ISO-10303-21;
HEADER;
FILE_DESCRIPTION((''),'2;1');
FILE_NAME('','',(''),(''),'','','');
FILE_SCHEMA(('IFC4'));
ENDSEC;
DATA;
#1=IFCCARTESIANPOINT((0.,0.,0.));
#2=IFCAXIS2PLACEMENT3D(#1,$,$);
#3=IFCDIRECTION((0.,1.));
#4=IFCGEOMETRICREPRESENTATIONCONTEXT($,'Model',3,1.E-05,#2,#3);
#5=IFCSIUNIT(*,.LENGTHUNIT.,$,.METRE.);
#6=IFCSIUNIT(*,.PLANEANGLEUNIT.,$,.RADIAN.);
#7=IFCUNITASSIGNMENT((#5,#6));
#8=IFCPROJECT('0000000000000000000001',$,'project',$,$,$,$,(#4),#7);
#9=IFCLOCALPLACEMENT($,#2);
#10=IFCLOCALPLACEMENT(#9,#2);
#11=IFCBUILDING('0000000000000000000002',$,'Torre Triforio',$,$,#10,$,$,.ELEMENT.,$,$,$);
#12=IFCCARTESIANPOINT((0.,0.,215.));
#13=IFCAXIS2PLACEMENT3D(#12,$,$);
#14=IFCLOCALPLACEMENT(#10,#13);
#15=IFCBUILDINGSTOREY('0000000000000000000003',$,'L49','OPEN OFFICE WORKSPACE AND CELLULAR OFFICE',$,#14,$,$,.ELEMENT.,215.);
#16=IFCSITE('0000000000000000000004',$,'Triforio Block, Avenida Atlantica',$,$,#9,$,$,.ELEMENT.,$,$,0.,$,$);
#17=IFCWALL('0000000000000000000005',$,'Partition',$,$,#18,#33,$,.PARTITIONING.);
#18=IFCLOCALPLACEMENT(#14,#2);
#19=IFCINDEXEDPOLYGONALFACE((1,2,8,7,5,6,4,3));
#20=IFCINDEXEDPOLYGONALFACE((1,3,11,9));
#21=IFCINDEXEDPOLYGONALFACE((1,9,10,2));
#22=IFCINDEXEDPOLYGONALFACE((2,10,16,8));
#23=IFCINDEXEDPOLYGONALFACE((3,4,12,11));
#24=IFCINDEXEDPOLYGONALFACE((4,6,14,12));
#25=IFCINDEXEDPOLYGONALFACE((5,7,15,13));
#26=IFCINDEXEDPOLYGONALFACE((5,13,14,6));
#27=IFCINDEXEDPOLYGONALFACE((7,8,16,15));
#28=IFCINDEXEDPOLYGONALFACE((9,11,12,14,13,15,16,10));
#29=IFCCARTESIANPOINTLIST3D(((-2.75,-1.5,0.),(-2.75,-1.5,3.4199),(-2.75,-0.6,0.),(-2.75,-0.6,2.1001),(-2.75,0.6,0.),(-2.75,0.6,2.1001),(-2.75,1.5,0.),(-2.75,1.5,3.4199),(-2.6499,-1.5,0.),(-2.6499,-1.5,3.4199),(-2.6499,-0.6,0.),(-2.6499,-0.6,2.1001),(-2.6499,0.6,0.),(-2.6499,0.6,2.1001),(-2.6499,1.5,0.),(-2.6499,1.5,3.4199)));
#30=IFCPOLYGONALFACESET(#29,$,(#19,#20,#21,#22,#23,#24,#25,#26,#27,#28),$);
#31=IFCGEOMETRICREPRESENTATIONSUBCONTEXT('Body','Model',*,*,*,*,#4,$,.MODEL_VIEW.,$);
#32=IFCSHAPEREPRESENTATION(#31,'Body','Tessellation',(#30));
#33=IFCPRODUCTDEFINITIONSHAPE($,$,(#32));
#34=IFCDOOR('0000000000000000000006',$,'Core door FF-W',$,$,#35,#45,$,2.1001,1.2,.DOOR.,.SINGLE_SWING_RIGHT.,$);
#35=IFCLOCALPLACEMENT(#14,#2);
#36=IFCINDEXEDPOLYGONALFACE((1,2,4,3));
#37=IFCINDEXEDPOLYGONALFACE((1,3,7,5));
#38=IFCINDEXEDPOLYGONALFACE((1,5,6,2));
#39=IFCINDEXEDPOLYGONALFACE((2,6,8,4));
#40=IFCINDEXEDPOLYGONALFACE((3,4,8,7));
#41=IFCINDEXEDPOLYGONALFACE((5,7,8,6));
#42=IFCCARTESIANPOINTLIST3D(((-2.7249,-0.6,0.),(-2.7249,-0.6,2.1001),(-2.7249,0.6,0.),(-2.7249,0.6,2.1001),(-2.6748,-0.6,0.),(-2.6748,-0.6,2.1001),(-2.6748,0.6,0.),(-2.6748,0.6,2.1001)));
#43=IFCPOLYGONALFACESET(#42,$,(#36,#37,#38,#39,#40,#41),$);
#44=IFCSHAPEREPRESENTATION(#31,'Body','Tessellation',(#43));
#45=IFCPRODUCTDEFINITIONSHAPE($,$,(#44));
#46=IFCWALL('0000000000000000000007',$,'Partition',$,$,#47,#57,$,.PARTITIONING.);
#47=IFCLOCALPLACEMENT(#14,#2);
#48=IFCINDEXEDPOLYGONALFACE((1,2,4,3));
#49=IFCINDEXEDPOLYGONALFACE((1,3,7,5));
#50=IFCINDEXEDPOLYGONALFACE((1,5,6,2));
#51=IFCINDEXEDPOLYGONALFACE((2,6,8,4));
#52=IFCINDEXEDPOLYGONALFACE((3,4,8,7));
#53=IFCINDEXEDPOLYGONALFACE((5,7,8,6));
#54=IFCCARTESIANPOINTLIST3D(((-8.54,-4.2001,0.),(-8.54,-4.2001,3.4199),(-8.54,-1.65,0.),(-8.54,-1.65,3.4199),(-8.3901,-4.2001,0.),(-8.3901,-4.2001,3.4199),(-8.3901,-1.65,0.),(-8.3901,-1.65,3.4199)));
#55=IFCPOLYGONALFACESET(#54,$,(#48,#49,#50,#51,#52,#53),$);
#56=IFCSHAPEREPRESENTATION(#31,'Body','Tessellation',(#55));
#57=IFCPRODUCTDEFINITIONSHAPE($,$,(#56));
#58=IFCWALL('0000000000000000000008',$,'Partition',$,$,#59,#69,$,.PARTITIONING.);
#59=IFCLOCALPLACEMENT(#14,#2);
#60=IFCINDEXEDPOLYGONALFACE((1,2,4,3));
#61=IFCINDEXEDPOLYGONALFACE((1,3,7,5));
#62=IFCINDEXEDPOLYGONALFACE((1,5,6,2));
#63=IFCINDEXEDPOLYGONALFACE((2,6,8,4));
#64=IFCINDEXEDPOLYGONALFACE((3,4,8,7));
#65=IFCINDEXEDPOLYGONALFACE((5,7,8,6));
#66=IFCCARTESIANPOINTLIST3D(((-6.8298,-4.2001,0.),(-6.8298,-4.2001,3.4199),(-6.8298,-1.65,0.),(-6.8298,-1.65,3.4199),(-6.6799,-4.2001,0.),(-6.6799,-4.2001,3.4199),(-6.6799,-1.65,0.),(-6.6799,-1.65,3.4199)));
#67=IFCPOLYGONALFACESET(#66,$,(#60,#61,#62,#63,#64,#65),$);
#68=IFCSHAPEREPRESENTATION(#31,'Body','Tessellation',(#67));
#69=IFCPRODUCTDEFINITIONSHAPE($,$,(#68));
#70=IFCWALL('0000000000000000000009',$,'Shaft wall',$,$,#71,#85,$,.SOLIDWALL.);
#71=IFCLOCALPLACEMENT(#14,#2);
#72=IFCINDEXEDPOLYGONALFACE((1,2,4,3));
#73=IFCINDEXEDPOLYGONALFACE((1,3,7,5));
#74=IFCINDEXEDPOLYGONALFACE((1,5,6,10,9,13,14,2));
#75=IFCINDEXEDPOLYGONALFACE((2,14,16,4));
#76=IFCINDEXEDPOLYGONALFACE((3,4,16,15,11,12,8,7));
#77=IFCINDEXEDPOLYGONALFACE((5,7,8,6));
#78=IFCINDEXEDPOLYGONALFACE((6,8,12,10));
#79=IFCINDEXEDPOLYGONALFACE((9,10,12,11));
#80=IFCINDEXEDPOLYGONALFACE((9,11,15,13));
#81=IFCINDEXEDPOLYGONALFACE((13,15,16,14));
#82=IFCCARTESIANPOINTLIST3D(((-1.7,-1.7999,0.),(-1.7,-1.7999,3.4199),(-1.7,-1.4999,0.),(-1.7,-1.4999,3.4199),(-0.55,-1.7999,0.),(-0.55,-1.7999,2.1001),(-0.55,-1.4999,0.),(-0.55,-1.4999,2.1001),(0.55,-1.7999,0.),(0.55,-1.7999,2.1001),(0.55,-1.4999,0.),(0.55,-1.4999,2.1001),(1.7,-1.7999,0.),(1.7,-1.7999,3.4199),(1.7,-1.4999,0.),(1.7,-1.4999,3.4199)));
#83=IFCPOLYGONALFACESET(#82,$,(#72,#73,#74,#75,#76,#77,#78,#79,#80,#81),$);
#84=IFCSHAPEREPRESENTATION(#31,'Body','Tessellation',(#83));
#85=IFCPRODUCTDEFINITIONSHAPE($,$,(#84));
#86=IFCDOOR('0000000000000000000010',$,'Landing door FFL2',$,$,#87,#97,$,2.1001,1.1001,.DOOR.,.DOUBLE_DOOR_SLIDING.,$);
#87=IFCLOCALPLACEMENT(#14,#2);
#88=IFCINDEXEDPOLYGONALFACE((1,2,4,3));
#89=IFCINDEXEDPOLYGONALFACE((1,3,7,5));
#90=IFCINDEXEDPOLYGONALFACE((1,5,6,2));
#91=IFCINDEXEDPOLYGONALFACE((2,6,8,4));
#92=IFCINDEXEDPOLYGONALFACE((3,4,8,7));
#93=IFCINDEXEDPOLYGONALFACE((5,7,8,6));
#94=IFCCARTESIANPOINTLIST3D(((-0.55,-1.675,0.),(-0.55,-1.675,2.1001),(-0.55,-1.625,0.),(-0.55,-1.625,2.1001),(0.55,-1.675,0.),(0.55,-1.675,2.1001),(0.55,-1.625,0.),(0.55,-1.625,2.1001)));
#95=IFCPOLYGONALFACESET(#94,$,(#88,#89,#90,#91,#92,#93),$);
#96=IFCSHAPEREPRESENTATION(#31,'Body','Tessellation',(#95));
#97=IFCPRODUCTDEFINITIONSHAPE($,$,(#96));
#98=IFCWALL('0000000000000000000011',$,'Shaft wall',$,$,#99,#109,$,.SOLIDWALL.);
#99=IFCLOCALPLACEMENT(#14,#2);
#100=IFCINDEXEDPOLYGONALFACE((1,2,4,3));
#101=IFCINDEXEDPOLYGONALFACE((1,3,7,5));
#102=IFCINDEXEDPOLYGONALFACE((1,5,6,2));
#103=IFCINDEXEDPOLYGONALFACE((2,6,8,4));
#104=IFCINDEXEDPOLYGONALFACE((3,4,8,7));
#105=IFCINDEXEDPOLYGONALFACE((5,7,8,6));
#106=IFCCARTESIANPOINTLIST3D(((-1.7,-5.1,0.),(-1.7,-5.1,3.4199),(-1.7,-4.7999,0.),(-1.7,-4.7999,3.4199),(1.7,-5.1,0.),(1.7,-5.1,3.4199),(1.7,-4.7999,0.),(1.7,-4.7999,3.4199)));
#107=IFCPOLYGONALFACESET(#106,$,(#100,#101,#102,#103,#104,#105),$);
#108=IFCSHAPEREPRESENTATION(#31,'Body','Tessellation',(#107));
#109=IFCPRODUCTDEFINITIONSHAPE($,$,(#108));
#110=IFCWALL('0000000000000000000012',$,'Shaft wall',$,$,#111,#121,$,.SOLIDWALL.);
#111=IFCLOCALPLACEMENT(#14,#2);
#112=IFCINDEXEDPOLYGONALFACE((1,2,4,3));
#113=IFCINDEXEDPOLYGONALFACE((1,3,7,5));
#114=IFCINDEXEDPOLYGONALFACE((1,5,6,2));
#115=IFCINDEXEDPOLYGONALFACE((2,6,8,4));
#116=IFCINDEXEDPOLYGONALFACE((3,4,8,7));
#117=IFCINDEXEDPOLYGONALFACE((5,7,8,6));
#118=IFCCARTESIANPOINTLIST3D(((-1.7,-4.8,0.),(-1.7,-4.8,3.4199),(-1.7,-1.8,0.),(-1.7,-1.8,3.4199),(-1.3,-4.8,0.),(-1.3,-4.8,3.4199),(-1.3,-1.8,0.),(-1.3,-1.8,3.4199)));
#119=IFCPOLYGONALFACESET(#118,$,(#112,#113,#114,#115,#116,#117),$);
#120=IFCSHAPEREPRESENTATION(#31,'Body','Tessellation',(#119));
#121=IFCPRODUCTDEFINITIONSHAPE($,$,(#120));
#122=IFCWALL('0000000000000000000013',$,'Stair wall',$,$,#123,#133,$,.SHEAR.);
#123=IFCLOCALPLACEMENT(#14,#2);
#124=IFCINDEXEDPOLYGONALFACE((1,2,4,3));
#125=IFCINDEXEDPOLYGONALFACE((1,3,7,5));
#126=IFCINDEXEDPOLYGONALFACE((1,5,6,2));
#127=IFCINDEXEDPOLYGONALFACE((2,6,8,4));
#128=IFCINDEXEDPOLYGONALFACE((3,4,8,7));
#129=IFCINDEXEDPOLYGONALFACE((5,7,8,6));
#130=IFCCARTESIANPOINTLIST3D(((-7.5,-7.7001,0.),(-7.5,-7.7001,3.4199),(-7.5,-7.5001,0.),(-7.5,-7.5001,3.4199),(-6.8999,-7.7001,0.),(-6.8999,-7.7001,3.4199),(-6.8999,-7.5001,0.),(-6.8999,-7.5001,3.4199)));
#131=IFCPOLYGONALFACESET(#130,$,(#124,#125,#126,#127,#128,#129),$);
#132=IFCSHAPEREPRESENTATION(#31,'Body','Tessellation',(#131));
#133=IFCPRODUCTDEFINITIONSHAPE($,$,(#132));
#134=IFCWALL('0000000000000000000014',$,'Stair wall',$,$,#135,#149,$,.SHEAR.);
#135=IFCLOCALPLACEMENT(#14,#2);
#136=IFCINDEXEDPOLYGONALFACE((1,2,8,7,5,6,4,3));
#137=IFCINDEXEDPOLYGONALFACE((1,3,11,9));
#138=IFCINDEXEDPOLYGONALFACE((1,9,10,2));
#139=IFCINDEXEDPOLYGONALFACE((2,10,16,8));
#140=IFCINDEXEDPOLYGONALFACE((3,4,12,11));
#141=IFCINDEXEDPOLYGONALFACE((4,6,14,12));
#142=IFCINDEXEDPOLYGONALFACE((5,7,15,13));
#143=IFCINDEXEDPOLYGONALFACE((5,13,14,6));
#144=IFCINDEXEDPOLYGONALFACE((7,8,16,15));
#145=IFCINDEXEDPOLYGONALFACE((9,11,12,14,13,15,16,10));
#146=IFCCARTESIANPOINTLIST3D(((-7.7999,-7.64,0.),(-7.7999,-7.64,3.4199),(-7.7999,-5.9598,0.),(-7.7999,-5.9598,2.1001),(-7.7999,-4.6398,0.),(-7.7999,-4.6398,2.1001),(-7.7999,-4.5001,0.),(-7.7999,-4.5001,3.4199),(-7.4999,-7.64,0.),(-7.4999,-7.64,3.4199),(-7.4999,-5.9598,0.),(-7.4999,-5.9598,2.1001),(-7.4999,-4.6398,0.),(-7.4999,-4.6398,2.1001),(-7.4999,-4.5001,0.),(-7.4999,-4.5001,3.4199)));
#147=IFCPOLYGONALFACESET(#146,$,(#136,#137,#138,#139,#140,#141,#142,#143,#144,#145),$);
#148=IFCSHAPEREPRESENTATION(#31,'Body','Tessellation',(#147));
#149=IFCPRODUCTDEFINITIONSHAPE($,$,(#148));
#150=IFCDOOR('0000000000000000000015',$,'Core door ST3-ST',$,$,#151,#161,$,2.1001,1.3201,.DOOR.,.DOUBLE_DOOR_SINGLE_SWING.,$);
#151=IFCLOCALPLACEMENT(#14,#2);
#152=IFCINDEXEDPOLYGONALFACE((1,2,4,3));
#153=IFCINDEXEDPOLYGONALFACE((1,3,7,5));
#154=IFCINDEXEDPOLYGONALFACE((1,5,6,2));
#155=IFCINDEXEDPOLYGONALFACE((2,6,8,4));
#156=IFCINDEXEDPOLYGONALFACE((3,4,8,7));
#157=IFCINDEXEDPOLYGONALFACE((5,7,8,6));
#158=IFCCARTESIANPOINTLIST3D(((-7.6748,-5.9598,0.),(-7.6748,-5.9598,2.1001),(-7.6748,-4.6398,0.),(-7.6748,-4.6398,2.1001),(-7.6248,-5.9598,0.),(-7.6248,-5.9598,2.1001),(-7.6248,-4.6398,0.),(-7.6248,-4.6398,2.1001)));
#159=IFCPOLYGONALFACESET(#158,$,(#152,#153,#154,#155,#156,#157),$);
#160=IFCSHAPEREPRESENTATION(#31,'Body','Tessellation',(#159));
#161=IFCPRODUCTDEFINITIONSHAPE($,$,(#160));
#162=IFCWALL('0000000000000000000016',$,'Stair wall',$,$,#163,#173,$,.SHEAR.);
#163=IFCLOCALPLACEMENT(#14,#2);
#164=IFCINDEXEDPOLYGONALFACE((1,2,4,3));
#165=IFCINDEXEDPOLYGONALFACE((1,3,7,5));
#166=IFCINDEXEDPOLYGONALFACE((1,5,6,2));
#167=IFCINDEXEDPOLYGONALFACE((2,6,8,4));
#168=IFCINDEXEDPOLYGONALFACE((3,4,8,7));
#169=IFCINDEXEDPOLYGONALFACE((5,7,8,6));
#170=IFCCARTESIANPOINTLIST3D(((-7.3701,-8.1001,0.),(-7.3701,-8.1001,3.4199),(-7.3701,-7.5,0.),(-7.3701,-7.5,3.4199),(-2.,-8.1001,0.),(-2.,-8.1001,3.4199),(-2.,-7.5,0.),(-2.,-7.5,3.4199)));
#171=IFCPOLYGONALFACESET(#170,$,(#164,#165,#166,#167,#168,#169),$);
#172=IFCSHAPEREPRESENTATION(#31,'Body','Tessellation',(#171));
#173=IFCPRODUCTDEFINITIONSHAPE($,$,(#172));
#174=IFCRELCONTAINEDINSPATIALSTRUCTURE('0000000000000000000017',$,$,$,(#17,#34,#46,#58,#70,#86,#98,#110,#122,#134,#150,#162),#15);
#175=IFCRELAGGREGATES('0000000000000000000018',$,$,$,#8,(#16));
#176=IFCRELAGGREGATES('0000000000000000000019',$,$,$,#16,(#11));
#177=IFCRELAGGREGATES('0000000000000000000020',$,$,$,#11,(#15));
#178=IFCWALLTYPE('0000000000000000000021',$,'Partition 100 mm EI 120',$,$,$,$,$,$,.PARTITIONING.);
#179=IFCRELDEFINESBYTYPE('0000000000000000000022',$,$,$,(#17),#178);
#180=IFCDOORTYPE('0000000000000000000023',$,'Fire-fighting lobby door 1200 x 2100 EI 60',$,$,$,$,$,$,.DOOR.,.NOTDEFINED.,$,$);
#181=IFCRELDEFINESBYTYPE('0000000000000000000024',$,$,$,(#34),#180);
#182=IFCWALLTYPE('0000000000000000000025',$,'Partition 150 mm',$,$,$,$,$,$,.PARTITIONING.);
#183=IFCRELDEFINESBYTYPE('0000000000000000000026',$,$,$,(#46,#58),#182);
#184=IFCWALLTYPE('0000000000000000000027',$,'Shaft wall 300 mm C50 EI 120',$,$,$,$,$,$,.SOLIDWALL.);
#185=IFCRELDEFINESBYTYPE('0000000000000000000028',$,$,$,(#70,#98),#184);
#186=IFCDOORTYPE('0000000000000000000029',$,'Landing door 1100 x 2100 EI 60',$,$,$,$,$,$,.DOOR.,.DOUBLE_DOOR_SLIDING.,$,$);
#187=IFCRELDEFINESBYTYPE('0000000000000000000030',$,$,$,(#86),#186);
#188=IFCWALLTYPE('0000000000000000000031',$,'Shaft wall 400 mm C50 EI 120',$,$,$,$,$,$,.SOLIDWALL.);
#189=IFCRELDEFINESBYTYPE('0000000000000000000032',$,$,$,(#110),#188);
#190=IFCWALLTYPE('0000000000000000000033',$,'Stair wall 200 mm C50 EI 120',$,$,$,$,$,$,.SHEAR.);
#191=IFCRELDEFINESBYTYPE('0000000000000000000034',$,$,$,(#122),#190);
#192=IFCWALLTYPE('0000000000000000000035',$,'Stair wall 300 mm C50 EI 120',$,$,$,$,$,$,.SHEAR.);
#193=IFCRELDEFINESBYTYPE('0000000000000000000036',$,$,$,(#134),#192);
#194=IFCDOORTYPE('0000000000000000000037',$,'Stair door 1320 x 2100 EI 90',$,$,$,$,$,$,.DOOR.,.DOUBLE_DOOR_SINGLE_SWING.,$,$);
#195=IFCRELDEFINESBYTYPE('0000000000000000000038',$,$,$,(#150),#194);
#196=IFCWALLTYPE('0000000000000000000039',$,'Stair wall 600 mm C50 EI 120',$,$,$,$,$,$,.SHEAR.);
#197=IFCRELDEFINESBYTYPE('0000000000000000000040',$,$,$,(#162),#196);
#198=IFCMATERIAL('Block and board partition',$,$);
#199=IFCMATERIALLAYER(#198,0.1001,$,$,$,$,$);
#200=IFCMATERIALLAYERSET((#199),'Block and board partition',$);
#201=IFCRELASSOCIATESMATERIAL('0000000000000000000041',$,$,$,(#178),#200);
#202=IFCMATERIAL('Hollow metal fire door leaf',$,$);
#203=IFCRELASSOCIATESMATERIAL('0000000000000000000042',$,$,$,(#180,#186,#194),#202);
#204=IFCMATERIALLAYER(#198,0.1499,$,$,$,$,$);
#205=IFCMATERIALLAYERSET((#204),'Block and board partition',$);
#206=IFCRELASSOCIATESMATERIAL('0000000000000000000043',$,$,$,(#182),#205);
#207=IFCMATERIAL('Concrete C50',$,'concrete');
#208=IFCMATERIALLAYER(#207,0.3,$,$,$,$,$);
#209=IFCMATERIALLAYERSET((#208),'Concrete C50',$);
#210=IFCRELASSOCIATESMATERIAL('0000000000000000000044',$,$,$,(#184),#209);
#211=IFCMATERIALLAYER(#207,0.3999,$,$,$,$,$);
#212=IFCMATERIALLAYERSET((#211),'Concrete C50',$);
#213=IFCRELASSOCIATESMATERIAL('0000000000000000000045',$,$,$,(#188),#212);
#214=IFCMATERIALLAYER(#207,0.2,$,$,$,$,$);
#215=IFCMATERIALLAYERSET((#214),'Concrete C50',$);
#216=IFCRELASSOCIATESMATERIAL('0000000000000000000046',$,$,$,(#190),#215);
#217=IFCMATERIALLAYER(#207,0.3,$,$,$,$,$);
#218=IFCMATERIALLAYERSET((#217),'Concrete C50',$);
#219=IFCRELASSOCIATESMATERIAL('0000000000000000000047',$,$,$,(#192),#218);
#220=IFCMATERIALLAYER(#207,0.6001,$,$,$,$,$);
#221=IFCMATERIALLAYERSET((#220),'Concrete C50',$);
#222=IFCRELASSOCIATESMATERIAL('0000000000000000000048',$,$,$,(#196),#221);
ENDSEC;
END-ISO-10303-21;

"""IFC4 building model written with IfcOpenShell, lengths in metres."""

from ifc_helpers import new_model, si_unit, direction, frame, frame_2d, origin, place, context, subcontext, project, spatial, rectangle, extrude, material, layer, layer_set, type_object, element, fill, save


model = new_model("IFC4")

# Units and contexts
model_context = context("Model", 3, precision=1e-05, world=origin(), true_north=direction((0.0, 1.0)))
body_context = subcontext(model_context, "Body", "Model", "MODEL_VIEW")
ifc_project = project(units=[si_unit("LENGTHUNIT", "METRE"), si_unit("PLANEANGLEUNIT", "RADIAN")], contexts=[model_context])

# Site, building, storey
site_placement = place(None, origin())
site = spatial("IfcSite", under=ifc_project, at=site_placement, Name="Triforio Block, Avenida Atlantica", CompositionType="ELEMENT", RefElevation=0.0)
building_placement = place(site_placement, origin())
building = spatial("IfcBuilding", under=site, at=building_placement, Name="Torre Triforio", CompositionType="ELEMENT")
storey_placement = place(building_placement, frame((0.0, 0.0, 215.0)))
storey = spatial("IfcBuildingStorey", under=building, at=storey_placement, Name="L49", Description="OPEN OFFICE WORKSPACE AND CELLULAR OFFICE", CompositionType="ELEMENT", Elevation=215.0)

# Wall, opening, door
ifc_material_1 = material(Name="Block and board partition")
ifc_layer_1 = layer(ifc_material_1, 0.1001)
ifc_layer_set_1 = layer_set([ifc_layer_1], Name="Block and board partition")
wall_type_1 = type_object("IfcWallType", Name="Partition 100 mm EI 120", PredefinedType="PARTITIONING", material=ifc_layer_set_1)
wall_1_placement = place(storey_placement, frame((-2.7, -1.5, 0.0), z_axis=(0.0, 0.0, 1.0), x_axis=(0.0, 1.0, 0.0)))
wall_1 = element("IfcWall", 1, at=wall_1_placement, inside=storey, type_object=wall_type_1, Name="Partition", PredefinedType="PARTITIONING", context=body_context, shape_type="SweptSolid", body=[
    extrude(rectangle(XDim=3.0, YDim=0.1001, at=frame_2d((1.5, 0.0))), origin(), (0.0, 0.0, 1.0), 3.4199),
])
opening_1_placement = place(wall_1_placement, frame((0.8999, 0.0, 0.0)))
opening_1 = element("IfcOpeningElement", 2, at=opening_1_placement, cuts=wall_1, PredefinedType="OPENING", context=body_context, shape_type="SweptSolid", body=[
    extrude(rectangle(XDim=1.2, YDim=2.1001, at=frame_2d((0.6001, 1.05))), frame((0.0, 0.0601, 0.0), z_axis=(0.0, -1.0, 0.0), x_axis=(1.0, 0.0, 0.0)), (0.0, 0.0, 1.0), 0.1201),
])
ifc_material_2 = material(Name="Hollow metal fire door leaf")
door_type_1 = type_object("IfcDoorType", Name="Fire-fighting lobby door 1200 x 2100 EI 60", OperationType="NOTDEFINED", PredefinedType="DOOR", material=ifc_material_2)
door_1_placement = place(opening_1_placement, origin())
door_1 = element("IfcDoor", 3, at=door_1_placement, inside=storey, type_object=door_type_1, Name="Core door FF-W", OperationType="SINGLE_SWING_RIGHT", OverallHeight=2.1001, OverallWidth=1.2, PredefinedType="DOOR", context=body_context, shape_type="SweptSolid", body=[
    extrude(rectangle(XDim=1.2, YDim=2.1001, at=frame_2d((0.6001, 1.05))), frame((0.0, 0.0249, 0.0), z_axis=(0.0, -1.0, 0.0), x_axis=(1.0, 0.0, 0.0)), (0.0, 0.0, 1.0), 0.05),
])
fill(opening_1, door_1)

# Walls
ifc_layer_2 = layer(ifc_material_1, 0.1499)
ifc_layer_set_2 = layer_set([ifc_layer_2], Name="Block and board partition")
wall_type_2 = type_object("IfcWallType", Name="Partition 150 mm", PredefinedType="PARTITIONING", material=ifc_layer_set_2)
for number, where, z_axis, x_axis, name in (
    (4, (-8.4651, -4.2, 0.0), (0.0, 0.0, 1.0), (0.0, 1.0, 0.0), "Partition"),
    (5, (-6.7549, -4.2, 0.0), (0.0, 0.0, 1.0), (0.0, 1.0, 0.0), "Partition"),
):
    element("IfcWall", number, at=place(storey_placement, frame(where, z_axis=z_axis, x_axis=x_axis)), inside=storey, type_object=wall_type_2, Name=name, PredefinedType="PARTITIONING", context=body_context, shape_type="SweptSolid", body=[
        extrude(rectangle(XDim=2.55, YDim=0.1499, at=frame_2d((1.2749, 0.0))), origin(), (0.0, 0.0, 1.0), 3.4199),
    ])

# Wall, opening, door
ifc_material_3 = material(Name="Concrete C50", Category="concrete")
ifc_layer_3 = layer(ifc_material_3, 0.3)
ifc_layer_set_3 = layer_set([ifc_layer_3], Name="Concrete C50")
wall_type_3 = type_object("IfcWallType", Name="Shaft wall 300 mm C50 EI 120", PredefinedType="SOLIDWALL", material=ifc_layer_set_3)
wall_2_placement = place(storey_placement, frame((-1.7, -1.6499, 0.0), z_axis=(0.0, 0.0, 1.0), x_axis=(1.0, 0.0, 0.0)))
wall_2 = element("IfcWall", 6, at=wall_2_placement, inside=storey, type_object=wall_type_3, Name="Shaft wall", PredefinedType="SOLIDWALL", context=body_context, shape_type="SweptSolid", body=[
    extrude(rectangle(XDim=3.3999, YDim=0.3, at=frame_2d((1.7, 0.0))), origin(), (0.0, 0.0, 1.0), 3.4199),
])
opening_2_placement = place(wall_2_placement, frame((1.1499, 0.0, 0.0)))
opening_2 = element("IfcOpeningElement", 7, at=opening_2_placement, cuts=wall_2, PredefinedType="OPENING", context=body_context, shape_type="SweptSolid", body=[
    extrude(rectangle(XDim=1.1001, YDim=2.1001, at=frame_2d((0.55, 1.05))), frame((0.0, 0.1599, 0.0), z_axis=(0.0, -1.0, 0.0), x_axis=(1.0, 0.0, 0.0)), (0.0, 0.0, 1.0), 0.3201),
])
door_type_2 = type_object("IfcDoorType", Name="Landing door 1100 x 2100 EI 60", OperationType="DOUBLE_DOOR_SLIDING", PredefinedType="DOOR", material=ifc_material_2)
door_2_placement = place(opening_2_placement, origin())
door_2 = element("IfcDoor", 8, at=door_2_placement, inside=storey, type_object=door_type_2, Name="Landing door FFL2", OperationType="DOUBLE_DOOR_SLIDING", OverallHeight=2.1001, OverallWidth=1.1001, PredefinedType="DOOR", context=body_context, shape_type="SweptSolid", body=[
    extrude(rectangle(XDim=1.1001, YDim=2.1001, at=frame_2d((0.55, 1.05))), frame((0.0, 0.0249, 0.0), z_axis=(0.0, -1.0, 0.0), x_axis=(1.0, 0.0, 0.0)), (0.0, 0.0, 1.0), 0.05),
])
fill(opening_2, door_2)

# Walls
wall_3_placement = place(storey_placement, frame((-1.7, -4.95, 0.0), z_axis=(0.0, 0.0, 1.0), x_axis=(1.0, 0.0, 0.0)))
element("IfcWall", 9, at=wall_3_placement, inside=storey, type_object=wall_type_3, Name="Shaft wall", PredefinedType="SOLIDWALL", context=body_context, shape_type="SweptSolid", body=[
    extrude(rectangle(XDim=3.3999, YDim=0.3, at=frame_2d((1.7, 0.0))), origin(), (0.0, 0.0, 1.0), 3.4199),
])
ifc_layer_4 = layer(ifc_material_3, 0.3999)
ifc_layer_set_4 = layer_set([ifc_layer_4], Name="Concrete C50")
wall_type_4 = type_object("IfcWallType", Name="Shaft wall 400 mm C50 EI 120", PredefinedType="SOLIDWALL", material=ifc_layer_set_4)
wall_4_placement = place(storey_placement, frame((-1.5, -4.8, 0.0), z_axis=(0.0, 0.0, 1.0), x_axis=(0.0, 1.0, 0.0)))
element("IfcWall", 10, at=wall_4_placement, inside=storey, type_object=wall_type_4, Name="Shaft wall", PredefinedType="SOLIDWALL", context=body_context, shape_type="SweptSolid", body=[
    extrude(rectangle(XDim=3.0, YDim=0.3999, at=frame_2d((1.5, 0.0))), origin(), (0.0, 0.0, 1.0), 3.4199),
])
ifc_layer_5 = layer(ifc_material_3, 0.2)
ifc_layer_set_5 = layer_set([ifc_layer_5], Name="Concrete C50")
wall_type_5 = type_object("IfcWallType", Name="Stair wall 200 mm C50 EI 120", PredefinedType="SHEAR", material=ifc_layer_set_5)
wall_5_placement = place(storey_placement, frame((-7.5, -7.6001, 0.0), z_axis=(0.0, 0.0, 1.0), x_axis=(1.0, 0.0, 0.0)))
element("IfcWall", 11, at=wall_5_placement, inside=storey, type_object=wall_type_5, Name="Stair wall", PredefinedType="SHEAR", context=body_context, shape_type="SweptSolid", body=[
    extrude(rectangle(XDim=0.6001, YDim=0.2, at=frame_2d((0.3, 0.0))), origin(), (0.0, 0.0, 1.0), 3.4199),
])

# Wall, opening, door
ifc_layer_6 = layer(ifc_material_3, 0.3)
ifc_layer_set_6 = layer_set([ifc_layer_6], Name="Concrete C50")
wall_type_6 = type_object("IfcWallType", Name="Stair wall 300 mm C50 EI 120", PredefinedType="SHEAR", material=ifc_layer_set_6)
wall_6_placement = place(storey_placement, frame((-7.6499, -7.6399, 0.0), z_axis=(0.0, 0.0, 1.0), x_axis=(0.0, 1.0, 0.0)))
wall_6 = element("IfcWall", 12, at=wall_6_placement, inside=storey, type_object=wall_type_6, Name="Stair wall", PredefinedType="SHEAR", context=body_context, shape_type="SweptSolid", body=[
    extrude(rectangle(XDim=3.1399, YDim=0.3, at=frame_2d((1.5698, 0.0))), origin(), (0.0, 0.0, 1.0), 3.4199),
])
opening_3_placement = place(wall_6_placement, frame((1.6799, 0.0, 0.0)))
opening_3 = element("IfcOpeningElement", 13, at=opening_3_placement, cuts=wall_6, PredefinedType="OPENING", context=body_context, shape_type="SweptSolid", body=[
    extrude(rectangle(XDim=1.3201, YDim=2.1001, at=frame_2d((0.6602, 1.05))), frame((0.0, 0.1599, 0.0), z_axis=(0.0, -1.0, 0.0), x_axis=(1.0, 0.0, 0.0)), (0.0, 0.0, 1.0), 0.3201),
])
door_type_3 = type_object("IfcDoorType", Name="Stair door 1320 x 2100 EI 90", OperationType="DOUBLE_DOOR_SINGLE_SWING", PredefinedType="DOOR", material=ifc_material_2)
door_3_placement = place(opening_3_placement, origin())
door_3 = element("IfcDoor", 14, at=door_3_placement, inside=storey, type_object=door_type_3, Name="Core door ST3-ST", OperationType="DOUBLE_DOOR_SINGLE_SWING", OverallHeight=2.1001, OverallWidth=1.3201, PredefinedType="DOOR", context=body_context, shape_type="SweptSolid", body=[
    extrude(rectangle(XDim=1.3201, YDim=2.1001, at=frame_2d((0.6602, 1.05))), frame((0.0, 0.0249, 0.0), z_axis=(0.0, -1.0, 0.0), x_axis=(1.0, 0.0, 0.0)), (0.0, 0.0, 1.0), 0.05),
])
fill(opening_3, door_3)

# Wall
ifc_layer_7 = layer(ifc_material_3, 0.6001)
ifc_layer_set_7 = layer_set([ifc_layer_7], Name="Concrete C50")
wall_type_7 = type_object("IfcWallType", Name="Stair wall 600 mm C50 EI 120", PredefinedType="SHEAR", material=ifc_layer_set_7)
wall_7_placement = place(storey_placement, frame((-7.3701, -7.8, 0.0), z_axis=(0.0, 0.0, 1.0), x_axis=(1.0, 0.0, 0.0)))
element("IfcWall", 15, at=wall_7_placement, inside=storey, type_object=wall_type_7, Name="Stair wall", PredefinedType="SHEAR", context=body_context, shape_type="SweptSolid", body=[
    extrude(rectangle(XDim=5.3701, YDim=0.6001, at=frame_2d((2.6851, 0.0))), origin(), (0.0, 0.0, 1.0), 3.4199),
])

save(model, "model.ifc")
